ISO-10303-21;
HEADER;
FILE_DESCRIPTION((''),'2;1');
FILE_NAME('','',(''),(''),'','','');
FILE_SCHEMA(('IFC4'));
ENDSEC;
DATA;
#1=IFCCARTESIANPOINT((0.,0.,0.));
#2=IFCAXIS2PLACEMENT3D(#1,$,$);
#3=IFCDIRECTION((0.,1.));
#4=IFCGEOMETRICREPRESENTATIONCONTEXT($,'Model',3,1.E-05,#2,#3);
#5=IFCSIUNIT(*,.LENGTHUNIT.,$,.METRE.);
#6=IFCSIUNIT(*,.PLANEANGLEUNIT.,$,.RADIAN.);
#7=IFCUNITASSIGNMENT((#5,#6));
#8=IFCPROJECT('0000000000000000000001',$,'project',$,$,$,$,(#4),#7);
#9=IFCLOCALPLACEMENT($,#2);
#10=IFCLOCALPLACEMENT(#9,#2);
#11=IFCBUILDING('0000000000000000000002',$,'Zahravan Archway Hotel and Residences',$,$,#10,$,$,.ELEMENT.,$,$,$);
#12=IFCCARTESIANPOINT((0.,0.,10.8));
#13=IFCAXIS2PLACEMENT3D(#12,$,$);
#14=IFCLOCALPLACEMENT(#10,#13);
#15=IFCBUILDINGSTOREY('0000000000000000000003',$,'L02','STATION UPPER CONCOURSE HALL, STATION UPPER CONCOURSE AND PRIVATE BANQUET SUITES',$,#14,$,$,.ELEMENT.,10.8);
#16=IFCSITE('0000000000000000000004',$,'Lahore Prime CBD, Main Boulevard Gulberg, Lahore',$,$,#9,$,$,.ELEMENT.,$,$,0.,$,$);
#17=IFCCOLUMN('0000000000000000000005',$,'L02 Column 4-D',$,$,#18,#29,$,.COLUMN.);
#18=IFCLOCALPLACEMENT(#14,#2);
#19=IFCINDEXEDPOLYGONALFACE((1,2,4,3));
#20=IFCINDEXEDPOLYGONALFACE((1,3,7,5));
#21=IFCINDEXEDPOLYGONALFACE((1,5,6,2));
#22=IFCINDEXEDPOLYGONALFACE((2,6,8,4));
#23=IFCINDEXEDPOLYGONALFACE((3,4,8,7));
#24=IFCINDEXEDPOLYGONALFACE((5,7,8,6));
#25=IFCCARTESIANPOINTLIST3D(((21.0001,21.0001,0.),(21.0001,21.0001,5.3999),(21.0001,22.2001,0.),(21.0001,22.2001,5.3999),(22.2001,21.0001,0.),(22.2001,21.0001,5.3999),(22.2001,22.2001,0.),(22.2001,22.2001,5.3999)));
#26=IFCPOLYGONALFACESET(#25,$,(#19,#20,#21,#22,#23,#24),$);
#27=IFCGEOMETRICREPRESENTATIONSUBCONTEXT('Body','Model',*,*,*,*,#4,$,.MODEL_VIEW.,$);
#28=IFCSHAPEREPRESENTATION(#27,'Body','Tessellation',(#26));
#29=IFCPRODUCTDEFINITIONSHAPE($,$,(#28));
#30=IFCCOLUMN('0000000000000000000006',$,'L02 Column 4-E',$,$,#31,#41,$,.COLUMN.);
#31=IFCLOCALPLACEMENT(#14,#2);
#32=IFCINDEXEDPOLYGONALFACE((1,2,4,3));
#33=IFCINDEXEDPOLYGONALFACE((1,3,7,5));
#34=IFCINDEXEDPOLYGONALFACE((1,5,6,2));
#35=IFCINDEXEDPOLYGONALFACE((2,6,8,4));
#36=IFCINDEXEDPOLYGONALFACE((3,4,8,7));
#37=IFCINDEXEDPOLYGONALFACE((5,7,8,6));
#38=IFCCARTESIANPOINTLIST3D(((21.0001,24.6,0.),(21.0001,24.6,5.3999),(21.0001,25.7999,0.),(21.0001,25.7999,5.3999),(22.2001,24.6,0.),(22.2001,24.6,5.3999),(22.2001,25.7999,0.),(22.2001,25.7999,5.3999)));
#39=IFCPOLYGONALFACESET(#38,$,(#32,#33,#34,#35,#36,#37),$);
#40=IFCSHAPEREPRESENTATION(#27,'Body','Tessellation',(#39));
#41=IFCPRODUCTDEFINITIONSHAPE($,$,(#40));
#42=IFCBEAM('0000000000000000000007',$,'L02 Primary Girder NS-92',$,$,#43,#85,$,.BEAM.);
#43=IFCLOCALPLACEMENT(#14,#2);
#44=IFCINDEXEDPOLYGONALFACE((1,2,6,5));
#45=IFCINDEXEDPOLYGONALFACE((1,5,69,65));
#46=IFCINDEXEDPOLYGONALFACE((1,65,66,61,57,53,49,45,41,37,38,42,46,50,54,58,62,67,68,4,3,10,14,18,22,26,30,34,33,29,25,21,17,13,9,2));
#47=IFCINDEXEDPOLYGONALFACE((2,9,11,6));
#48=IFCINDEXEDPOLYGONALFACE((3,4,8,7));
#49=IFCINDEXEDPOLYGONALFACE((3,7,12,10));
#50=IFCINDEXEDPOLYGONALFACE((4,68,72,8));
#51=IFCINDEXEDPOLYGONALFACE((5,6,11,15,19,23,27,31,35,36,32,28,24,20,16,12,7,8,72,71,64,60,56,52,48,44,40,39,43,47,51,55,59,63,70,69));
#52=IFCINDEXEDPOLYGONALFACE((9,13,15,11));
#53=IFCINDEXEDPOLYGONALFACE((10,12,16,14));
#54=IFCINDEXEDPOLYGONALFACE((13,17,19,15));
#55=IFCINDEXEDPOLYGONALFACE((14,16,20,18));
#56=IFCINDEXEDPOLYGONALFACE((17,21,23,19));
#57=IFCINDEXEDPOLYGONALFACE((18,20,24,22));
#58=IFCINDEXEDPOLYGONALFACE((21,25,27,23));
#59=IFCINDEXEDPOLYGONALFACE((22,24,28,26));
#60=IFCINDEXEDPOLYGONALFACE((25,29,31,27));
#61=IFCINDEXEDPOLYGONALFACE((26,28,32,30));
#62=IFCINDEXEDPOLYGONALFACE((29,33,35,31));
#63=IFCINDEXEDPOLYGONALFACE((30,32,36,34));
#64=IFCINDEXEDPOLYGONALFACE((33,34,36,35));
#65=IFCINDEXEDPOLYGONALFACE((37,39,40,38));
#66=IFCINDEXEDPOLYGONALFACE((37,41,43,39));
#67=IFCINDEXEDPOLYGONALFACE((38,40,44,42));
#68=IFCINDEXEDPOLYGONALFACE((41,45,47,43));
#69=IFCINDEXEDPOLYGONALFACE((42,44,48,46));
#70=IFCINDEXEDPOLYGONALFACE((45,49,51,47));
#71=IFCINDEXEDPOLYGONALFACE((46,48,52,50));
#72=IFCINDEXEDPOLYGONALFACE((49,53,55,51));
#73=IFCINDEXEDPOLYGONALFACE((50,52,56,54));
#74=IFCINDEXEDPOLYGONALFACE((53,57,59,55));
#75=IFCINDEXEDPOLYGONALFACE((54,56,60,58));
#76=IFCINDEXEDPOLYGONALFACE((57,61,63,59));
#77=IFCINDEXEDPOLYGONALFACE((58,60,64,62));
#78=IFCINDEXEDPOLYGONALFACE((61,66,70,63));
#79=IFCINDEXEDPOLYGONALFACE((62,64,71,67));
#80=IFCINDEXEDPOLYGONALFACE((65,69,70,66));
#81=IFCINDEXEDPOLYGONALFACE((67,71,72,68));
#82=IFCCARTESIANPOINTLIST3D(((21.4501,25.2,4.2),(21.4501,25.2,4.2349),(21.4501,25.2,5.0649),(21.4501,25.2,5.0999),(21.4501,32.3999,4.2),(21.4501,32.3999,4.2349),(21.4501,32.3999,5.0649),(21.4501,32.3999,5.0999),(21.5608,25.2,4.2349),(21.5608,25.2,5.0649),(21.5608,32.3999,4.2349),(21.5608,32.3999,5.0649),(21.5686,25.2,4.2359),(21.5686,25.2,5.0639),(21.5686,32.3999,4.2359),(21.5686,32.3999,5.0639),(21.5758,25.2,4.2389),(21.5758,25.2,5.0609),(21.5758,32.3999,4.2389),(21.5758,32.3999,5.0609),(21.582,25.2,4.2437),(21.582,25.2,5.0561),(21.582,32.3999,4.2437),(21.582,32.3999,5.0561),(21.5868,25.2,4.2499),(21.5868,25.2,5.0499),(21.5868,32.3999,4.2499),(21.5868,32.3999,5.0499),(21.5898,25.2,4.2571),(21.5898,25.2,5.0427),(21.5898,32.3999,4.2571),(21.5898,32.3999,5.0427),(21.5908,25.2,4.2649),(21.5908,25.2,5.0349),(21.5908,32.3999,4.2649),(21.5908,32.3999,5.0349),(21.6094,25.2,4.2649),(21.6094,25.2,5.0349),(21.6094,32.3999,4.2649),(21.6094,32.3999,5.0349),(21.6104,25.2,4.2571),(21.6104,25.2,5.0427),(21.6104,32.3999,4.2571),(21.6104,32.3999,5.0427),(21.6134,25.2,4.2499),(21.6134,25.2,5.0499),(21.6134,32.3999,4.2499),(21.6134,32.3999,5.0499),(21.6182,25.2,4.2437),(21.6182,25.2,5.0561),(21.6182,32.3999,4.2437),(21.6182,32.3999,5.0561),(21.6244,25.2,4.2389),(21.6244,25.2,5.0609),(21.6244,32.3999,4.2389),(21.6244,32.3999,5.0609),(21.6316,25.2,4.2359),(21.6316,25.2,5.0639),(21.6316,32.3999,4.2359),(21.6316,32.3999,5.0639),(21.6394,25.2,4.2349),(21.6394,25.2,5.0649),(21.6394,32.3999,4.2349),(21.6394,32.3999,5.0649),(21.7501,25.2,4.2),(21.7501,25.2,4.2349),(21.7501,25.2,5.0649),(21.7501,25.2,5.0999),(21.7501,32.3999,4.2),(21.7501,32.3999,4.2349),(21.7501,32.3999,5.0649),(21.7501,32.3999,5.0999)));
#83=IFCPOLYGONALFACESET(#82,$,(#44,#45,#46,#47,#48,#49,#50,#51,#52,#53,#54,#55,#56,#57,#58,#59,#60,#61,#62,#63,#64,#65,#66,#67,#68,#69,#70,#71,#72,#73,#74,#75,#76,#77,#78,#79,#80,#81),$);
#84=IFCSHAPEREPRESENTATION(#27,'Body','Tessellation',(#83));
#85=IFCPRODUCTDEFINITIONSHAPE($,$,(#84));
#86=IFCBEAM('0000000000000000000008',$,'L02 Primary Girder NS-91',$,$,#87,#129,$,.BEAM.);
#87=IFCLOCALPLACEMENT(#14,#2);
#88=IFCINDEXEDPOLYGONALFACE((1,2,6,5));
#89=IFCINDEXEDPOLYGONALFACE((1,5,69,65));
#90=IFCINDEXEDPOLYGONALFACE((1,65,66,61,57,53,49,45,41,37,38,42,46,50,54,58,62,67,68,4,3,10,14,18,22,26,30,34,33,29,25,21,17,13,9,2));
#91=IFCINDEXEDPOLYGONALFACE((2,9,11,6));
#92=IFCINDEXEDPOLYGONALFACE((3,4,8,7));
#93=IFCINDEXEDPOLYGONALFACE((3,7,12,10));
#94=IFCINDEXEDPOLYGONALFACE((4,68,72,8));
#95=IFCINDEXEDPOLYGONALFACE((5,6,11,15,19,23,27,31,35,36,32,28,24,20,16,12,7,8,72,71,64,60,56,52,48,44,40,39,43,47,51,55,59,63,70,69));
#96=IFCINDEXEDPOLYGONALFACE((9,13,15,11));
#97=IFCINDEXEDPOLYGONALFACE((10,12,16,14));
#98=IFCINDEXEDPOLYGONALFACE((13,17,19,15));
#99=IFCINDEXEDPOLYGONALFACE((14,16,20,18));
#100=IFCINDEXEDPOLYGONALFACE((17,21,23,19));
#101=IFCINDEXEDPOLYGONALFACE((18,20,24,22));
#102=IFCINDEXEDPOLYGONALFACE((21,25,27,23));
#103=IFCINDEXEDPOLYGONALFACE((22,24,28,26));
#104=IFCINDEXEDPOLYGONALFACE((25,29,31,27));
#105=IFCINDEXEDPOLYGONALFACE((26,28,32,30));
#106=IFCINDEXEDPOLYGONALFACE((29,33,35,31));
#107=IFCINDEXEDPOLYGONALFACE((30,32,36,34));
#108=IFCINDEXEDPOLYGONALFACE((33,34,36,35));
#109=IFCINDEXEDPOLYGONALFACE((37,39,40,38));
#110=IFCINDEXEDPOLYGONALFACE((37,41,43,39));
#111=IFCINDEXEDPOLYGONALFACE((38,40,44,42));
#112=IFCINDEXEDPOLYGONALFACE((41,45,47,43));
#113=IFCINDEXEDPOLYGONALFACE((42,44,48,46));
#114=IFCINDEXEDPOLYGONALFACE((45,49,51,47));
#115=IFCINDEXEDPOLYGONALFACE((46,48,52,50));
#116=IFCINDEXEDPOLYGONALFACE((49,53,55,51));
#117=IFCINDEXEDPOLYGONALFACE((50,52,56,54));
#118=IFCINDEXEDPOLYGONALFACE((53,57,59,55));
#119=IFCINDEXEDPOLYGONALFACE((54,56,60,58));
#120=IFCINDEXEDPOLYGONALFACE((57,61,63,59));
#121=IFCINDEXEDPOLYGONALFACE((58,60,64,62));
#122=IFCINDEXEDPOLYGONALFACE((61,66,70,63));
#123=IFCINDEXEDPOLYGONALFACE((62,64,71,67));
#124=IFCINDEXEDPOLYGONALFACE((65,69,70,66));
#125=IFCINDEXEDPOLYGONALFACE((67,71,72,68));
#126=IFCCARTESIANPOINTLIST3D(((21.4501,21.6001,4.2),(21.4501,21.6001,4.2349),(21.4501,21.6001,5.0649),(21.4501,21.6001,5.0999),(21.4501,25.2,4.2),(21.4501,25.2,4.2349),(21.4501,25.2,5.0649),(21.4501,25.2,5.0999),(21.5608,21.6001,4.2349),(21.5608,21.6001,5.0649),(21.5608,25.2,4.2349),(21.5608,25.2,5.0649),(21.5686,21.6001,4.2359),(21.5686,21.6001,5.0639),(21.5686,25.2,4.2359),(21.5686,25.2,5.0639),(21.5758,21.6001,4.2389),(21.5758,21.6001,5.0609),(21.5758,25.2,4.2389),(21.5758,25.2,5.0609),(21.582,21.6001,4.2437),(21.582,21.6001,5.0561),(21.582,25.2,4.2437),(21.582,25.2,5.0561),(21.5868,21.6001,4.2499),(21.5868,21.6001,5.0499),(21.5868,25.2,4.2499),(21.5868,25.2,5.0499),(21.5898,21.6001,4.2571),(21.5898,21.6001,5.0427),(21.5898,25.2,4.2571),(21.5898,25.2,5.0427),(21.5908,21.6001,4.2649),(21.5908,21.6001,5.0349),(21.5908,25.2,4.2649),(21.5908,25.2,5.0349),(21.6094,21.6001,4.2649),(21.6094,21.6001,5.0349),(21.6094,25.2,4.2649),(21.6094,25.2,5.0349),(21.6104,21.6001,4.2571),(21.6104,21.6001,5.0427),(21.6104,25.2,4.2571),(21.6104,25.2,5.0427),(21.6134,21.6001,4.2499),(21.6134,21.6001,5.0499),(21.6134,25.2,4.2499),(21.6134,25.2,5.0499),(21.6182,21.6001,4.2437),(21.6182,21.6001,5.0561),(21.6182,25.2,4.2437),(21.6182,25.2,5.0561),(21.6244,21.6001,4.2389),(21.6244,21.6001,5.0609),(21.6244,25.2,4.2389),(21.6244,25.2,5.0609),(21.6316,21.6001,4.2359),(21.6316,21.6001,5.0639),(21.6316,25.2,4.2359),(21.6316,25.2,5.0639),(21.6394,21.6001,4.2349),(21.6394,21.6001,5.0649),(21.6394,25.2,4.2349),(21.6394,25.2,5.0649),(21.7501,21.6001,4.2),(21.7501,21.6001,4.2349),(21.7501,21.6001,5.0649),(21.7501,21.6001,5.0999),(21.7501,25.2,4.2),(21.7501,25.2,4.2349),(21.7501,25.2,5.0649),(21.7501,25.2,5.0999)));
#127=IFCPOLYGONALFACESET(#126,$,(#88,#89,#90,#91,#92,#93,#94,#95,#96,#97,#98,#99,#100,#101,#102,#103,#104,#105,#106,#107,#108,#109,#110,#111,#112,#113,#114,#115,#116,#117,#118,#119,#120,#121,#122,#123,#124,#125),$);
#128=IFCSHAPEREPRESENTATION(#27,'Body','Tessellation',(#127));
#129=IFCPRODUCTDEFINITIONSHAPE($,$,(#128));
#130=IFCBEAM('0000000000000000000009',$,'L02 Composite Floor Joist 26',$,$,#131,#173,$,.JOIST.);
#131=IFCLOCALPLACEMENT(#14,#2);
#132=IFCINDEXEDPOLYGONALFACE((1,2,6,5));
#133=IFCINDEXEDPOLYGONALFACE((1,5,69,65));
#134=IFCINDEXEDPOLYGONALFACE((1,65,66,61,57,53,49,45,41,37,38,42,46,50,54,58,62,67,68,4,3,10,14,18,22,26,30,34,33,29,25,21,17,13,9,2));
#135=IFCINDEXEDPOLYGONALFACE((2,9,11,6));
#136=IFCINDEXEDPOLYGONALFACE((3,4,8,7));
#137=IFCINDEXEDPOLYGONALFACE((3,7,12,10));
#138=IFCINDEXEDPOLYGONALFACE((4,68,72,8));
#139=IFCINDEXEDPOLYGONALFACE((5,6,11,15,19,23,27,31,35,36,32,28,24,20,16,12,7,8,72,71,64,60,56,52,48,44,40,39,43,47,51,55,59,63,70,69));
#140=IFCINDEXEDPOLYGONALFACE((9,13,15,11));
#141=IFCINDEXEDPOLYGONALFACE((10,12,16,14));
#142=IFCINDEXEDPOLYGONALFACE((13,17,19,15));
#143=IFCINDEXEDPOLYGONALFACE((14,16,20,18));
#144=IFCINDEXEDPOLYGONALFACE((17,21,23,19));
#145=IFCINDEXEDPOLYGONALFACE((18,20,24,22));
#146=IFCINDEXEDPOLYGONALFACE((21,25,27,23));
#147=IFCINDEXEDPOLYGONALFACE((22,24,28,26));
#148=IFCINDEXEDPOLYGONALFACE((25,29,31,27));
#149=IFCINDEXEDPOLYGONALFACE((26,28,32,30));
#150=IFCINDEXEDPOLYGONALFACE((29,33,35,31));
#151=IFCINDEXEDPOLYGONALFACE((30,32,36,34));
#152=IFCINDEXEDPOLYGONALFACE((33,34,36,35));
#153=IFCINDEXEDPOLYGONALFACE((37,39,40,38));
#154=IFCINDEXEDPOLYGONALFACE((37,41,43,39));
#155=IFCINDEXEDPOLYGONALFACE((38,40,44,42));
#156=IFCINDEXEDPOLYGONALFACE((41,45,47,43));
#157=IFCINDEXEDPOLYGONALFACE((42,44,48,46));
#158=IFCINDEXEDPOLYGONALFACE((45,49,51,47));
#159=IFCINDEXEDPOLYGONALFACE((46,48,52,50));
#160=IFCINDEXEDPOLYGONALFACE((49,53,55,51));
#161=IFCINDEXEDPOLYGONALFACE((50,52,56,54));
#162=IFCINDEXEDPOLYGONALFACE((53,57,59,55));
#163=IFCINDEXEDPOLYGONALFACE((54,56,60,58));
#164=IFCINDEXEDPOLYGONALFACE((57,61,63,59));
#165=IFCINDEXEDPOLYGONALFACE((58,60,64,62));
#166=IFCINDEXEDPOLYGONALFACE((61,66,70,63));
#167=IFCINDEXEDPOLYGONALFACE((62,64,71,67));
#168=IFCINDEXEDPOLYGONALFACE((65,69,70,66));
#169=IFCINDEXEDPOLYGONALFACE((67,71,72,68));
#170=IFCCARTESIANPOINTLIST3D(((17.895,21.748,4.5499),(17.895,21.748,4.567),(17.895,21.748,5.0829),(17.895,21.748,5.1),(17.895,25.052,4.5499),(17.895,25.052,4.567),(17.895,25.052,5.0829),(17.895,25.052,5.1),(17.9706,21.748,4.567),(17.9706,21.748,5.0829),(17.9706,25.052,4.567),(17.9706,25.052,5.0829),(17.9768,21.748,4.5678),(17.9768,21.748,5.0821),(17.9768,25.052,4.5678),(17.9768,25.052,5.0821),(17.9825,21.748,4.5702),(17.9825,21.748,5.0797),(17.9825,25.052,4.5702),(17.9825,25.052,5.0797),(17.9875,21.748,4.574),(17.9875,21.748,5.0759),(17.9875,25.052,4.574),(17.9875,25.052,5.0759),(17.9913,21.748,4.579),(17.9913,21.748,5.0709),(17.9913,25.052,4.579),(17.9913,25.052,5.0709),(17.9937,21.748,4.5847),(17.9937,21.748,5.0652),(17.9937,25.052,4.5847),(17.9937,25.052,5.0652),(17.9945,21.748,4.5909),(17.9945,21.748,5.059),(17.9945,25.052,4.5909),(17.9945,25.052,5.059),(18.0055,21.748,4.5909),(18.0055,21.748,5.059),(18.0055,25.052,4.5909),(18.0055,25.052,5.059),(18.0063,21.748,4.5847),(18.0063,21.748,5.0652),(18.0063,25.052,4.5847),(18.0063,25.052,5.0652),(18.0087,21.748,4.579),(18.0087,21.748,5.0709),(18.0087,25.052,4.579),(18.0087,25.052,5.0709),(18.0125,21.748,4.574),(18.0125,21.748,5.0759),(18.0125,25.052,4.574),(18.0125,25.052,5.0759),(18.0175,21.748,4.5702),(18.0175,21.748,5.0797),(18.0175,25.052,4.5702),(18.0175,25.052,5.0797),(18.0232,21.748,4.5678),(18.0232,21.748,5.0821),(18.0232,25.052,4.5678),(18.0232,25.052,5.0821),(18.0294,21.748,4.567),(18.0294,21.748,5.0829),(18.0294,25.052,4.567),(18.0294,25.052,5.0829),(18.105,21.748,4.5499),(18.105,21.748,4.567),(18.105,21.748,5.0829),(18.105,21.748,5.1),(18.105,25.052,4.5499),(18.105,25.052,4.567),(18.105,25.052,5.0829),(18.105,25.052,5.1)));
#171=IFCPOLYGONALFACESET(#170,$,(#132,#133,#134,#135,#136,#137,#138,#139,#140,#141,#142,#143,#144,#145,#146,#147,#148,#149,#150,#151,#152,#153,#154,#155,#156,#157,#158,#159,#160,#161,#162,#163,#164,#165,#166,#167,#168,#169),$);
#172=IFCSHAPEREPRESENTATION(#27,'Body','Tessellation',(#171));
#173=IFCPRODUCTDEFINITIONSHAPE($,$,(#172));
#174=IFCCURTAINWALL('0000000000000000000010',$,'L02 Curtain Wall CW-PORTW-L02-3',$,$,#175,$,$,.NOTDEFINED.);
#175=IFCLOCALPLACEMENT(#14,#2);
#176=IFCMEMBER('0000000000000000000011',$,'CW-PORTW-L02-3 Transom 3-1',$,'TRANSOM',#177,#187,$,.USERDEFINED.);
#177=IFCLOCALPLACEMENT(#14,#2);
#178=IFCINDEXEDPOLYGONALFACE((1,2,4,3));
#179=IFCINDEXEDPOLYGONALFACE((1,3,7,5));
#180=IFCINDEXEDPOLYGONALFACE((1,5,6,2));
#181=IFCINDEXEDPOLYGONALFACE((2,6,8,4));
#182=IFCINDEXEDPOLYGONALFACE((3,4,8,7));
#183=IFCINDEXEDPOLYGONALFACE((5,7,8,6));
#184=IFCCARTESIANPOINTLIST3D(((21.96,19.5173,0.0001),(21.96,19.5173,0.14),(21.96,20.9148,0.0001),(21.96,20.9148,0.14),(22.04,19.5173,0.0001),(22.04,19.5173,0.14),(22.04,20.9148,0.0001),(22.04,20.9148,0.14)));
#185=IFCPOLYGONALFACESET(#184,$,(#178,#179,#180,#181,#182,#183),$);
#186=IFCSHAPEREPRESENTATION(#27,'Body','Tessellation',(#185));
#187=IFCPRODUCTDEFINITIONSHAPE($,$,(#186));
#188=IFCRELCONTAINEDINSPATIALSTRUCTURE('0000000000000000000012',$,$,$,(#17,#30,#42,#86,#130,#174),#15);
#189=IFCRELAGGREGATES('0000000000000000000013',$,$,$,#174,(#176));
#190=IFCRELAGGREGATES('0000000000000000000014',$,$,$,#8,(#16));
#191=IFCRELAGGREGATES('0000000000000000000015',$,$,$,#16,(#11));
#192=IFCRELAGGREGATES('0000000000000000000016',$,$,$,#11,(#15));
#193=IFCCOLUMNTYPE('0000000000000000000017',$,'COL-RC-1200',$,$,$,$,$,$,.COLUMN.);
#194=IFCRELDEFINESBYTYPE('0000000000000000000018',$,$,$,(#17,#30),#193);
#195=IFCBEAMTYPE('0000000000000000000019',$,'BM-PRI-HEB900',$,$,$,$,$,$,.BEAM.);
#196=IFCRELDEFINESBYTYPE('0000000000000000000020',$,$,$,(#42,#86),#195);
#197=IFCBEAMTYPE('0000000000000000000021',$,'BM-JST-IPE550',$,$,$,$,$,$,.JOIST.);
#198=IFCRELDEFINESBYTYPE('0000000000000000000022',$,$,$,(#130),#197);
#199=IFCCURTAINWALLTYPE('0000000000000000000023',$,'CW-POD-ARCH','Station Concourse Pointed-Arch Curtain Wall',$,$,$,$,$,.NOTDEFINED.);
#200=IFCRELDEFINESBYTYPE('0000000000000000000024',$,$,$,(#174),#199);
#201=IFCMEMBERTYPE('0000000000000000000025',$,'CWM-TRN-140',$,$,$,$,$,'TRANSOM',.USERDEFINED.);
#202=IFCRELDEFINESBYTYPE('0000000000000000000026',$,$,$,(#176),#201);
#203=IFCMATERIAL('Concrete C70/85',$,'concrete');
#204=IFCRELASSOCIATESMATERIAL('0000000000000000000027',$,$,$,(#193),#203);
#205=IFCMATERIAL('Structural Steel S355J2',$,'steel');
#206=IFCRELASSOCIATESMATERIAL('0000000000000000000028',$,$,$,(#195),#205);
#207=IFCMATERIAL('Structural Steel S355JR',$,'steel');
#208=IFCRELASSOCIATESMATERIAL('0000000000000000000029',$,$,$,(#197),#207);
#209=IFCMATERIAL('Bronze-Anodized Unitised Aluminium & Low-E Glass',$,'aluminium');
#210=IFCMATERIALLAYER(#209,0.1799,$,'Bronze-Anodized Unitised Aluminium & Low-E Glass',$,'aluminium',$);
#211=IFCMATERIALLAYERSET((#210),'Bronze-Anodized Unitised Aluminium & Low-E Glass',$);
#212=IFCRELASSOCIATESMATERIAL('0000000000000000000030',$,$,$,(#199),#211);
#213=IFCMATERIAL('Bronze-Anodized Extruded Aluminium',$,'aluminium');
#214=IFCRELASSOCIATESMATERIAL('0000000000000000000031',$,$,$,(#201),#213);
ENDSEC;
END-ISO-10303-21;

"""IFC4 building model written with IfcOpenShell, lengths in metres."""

from ifc_helpers import new_model, si_unit, direction, frame, origin, origin_2d, place, context, subcontext, project, spatial, rectangle, i_section, extrude, source, transform, mapped, material, layer, layer_set, material_profile, profile_set, type_object, element, aggregate, save


model = new_model("IFC4")

# Units and contexts
model_context = context("Model", 3, precision=1e-05, world=origin(), true_north=direction((0.0, 1.0)))
body_context = subcontext(model_context, "Body", "Model", "MODEL_VIEW")
ifc_project = project(units=[si_unit("LENGTHUNIT", "METRE"), si_unit("PLANEANGLEUNIT", "RADIAN")], contexts=[model_context])

# Site, building, storey
site_placement = place(None, origin())
site = spatial("IfcSite", under=ifc_project, at=site_placement, Name="Lahore Prime CBD, Main Boulevard Gulberg, Lahore", CompositionType="ELEMENT", RefElevation=0.0)
building_placement = place(site_placement, origin())
building = spatial("IfcBuilding", under=site, at=building_placement, Name="Zahravan Archway Hotel and Residences", CompositionType="ELEMENT")
storey_placement = place(building_placement, frame((0.0, 0.0, 10.8)))
storey = spatial("IfcBuildingStorey", under=building, at=storey_placement, Name="L02", Description="STATION UPPER CONCOURSE HALL, STATION UPPER CONCOURSE AND PRIVATE BANQUET SUITES", CompositionType="ELEMENT", Elevation=10.8)

# Columns
ifc_material_1 = material(Name="Concrete C70/85", Category="concrete")
ifc_material_profile_1 = material_profile(ifc_material_1, rectangle(XDim=1.2, YDim=1.2, at=origin_2d()), Name="RC-COL-1200x1200", Category="concrete")
ifc_profile_set_1 = profile_set([ifc_material_profile_1], Name="Concrete C70/85")
column_type = type_object("IfcColumnType", Name="COL-RC-1200", PredefinedType="COLUMN", material=ifc_profile_set_1)
shared_shape_1 = source(origin(), body_context, "Body", "SweptSolid", [
    extrude(rectangle(XDim=1.2, YDim=1.2, at=origin_2d()), origin(), (0.0, 0.0, 1.0), 5.3999),
])
for number, where, z_axis, x_axis, name in (
    (1, (21.6001, 21.6001, 0.0), (0.0, 0.0, 1.0), (1.0, 0.0, 0.0), "L02 Column 4-D"),
    (2, (21.6001, 25.2, 0.0), (0.0, 0.0, 1.0), (1.0, 0.0, 0.0), "L02 Column 4-E"),
):
    element("IfcColumn", number, at=place(storey_placement, frame(where, z_axis=z_axis, x_axis=x_axis)), inside=storey, type_object=column_type, Name=name, PredefinedType="COLUMN", context=body_context, shape_type="MappedRepresentation", body=[
        mapped(shared_shape_1, transform((0.0, 0.0, 0.0), scale=1.0)),
    ])

# Beams
ifc_material_2 = material(Name="Structural Steel S355J2", Category="steel")
ifc_material_profile_2 = material_profile(ifc_material_2, i_section(OverallWidth=0.3, OverallDepth=0.8999, WebThickness=0.0186, FlangeThickness=0.0349, FilletRadius=0.03, at=origin_2d()), Name="HEB 900", Category="steel")
ifc_profile_set_2 = profile_set([ifc_material_profile_2], Name="Structural Steel S355J2")
beam_type_1 = type_object("IfcBeamType", Name="BM-PRI-HEB900", PredefinedType="BEAM", material=ifc_profile_set_2)
shared_shape_2 = source(origin(), body_context, "Body", "SweptSolid", [
    extrude(i_section(OverallWidth=0.3, OverallDepth=0.8999, WebThickness=0.0186, FlangeThickness=0.0349, FilletRadius=0.03, at=origin_2d()), origin(), (0.0, 0.0, 1.0), 7.2),
])
beam_1_placement = place(storey_placement, frame((21.6001, 25.2, 4.6499), z_axis=(0.0, 1.0, 0.0), x_axis=(-1.0, 0.0, 0.0)))
element("IfcBeam", 3, at=beam_1_placement, inside=storey, type_object=beam_type_1, Name="L02 Primary Girder NS-92", PredefinedType="BEAM", context=body_context, shape_type="MappedRepresentation", body=[
    mapped(shared_shape_2, transform((0.0, 0.0, 0.0), scale=1.0)),
])
shared_shape_3 = source(origin(), body_context, "Body", "SweptSolid", [
    extrude(i_section(OverallWidth=0.3, OverallDepth=0.8999, WebThickness=0.0186, FlangeThickness=0.0349, FilletRadius=0.03, at=origin_2d()), origin(), (0.0, 0.0, 1.0), 3.5999),
])
beam_2_placement = place(storey_placement, frame((21.6001, 21.6001, 4.6499), z_axis=(0.0, 1.0, 0.0), x_axis=(-1.0, 0.0, 0.0)))
element("IfcBeam", 4, at=beam_2_placement, inside=storey, type_object=beam_type_1, Name="L02 Primary Girder NS-91", PredefinedType="BEAM", context=body_context, shape_type="MappedRepresentation", body=[
    mapped(shared_shape_3, transform((0.0, 0.0, 0.0), scale=1.0)),
])
ifc_material_3 = material(Name="Structural Steel S355JR", Category="steel")
ifc_material_profile_3 = material_profile(ifc_material_3, i_section(OverallWidth=0.21, OverallDepth=0.55, WebThickness=0.011, FlangeThickness=0.0171, FilletRadius=0.0239, at=origin_2d()), Name="IPE 550", Category="steel")
ifc_profile_set_3 = profile_set([ifc_material_profile_3], Name="Structural Steel S355JR")
beam_type_2 = type_object("IfcBeamType", Name="BM-JST-IPE550", PredefinedType="JOIST", material=ifc_profile_set_3)
shared_shape_4 = source(origin(), body_context, "Body", "SweptSolid", [
    extrude(i_section(OverallWidth=0.21, OverallDepth=0.55, WebThickness=0.011, FlangeThickness=0.0171, FilletRadius=0.0239, at=origin_2d()), origin(), (0.0, 0.0, 1.0), 3.304),
])
beam_3_placement = place(storey_placement, frame((18.0, 21.748, 4.825), z_axis=(0.0, 1.0, 0.0), x_axis=(-1.0, 0.0, 0.0)))
element("IfcBeam", 5, at=beam_3_placement, inside=storey, type_object=beam_type_2, Name="L02 Composite Floor Joist 26", PredefinedType="JOIST", context=body_context, shape_type="MappedRepresentation", body=[
    mapped(shared_shape_4, transform((0.0, 0.0, 0.0), scale=1.0)),
])

# Curtain wall, member
ifc_material_4 = material(Name="Bronze-Anodized Unitised Aluminium & Low-E Glass", Category="aluminium")
ifc_layer_1 = layer(ifc_material_4, 0.1799, Name="Bronze-Anodized Unitised Aluminium & Low-E Glass", Category="aluminium")
ifc_layer_set_1 = layer_set([ifc_layer_1], Name="Bronze-Anodized Unitised Aluminium & Low-E Glass")
curtain_wall_type = type_object("IfcCurtainWallType", Name="CW-POD-ARCH", Description="Station Concourse Pointed-Arch Curtain Wall", PredefinedType="NOTDEFINED", material=ifc_layer_set_1)
curtain_wall_1_placement = place(storey_placement, origin())
curtain_wall_1 = element("IfcCurtainWall", 6, at=curtain_wall_1_placement, inside=storey, type_object=curtain_wall_type, Name="L02 Curtain Wall CW-PORTW-L02-3", PredefinedType="NOTDEFINED")
ifc_material_5 = material(Name="Bronze-Anodized Extruded Aluminium", Category="aluminium")
ifc_material_profile_4 = material_profile(ifc_material_5, rectangle(XDim=0.0801, YDim=0.1399, at=origin_2d()), Name="TRN 80x140", Category="aluminium")
ifc_profile_set_4 = profile_set([ifc_material_profile_4], Name="Bronze-Anodized Extruded Aluminium")
member_type_1 = type_object("IfcMemberType", Name="CWM-TRN-140", ElementType="TRANSOM", PredefinedType="USERDEFINED", material=ifc_profile_set_4)
shared_shape_5 = source(origin(), body_context, "Body", "SweptSolid", [
    extrude(rectangle(XDim=0.0801, YDim=0.1399, at=origin_2d()), origin(), (0.0, 0.0, 1.0), 1.3975),
])
member_1_placement = place(storey_placement, frame((22.0, 19.5173, 0.0701), z_axis=(0.0, 1.0, 0.0), x_axis=(-1.0, 0.0, 0.0)))
member_1 = element("IfcMember", 7, at=member_1_placement, type_object=member_type_1, Name="CW-PORTW-L02-3 Transom 3-1", ObjectType="TRANSOM", PredefinedType="USERDEFINED", context=body_context, shape_type="MappedRepresentation", body=[
    mapped(shared_shape_5, transform((0.0, 0.0, 0.0), scale=1.0)),
])

aggregate(curtain_wall_1, [member_1])

save(model, "model.ifc")
